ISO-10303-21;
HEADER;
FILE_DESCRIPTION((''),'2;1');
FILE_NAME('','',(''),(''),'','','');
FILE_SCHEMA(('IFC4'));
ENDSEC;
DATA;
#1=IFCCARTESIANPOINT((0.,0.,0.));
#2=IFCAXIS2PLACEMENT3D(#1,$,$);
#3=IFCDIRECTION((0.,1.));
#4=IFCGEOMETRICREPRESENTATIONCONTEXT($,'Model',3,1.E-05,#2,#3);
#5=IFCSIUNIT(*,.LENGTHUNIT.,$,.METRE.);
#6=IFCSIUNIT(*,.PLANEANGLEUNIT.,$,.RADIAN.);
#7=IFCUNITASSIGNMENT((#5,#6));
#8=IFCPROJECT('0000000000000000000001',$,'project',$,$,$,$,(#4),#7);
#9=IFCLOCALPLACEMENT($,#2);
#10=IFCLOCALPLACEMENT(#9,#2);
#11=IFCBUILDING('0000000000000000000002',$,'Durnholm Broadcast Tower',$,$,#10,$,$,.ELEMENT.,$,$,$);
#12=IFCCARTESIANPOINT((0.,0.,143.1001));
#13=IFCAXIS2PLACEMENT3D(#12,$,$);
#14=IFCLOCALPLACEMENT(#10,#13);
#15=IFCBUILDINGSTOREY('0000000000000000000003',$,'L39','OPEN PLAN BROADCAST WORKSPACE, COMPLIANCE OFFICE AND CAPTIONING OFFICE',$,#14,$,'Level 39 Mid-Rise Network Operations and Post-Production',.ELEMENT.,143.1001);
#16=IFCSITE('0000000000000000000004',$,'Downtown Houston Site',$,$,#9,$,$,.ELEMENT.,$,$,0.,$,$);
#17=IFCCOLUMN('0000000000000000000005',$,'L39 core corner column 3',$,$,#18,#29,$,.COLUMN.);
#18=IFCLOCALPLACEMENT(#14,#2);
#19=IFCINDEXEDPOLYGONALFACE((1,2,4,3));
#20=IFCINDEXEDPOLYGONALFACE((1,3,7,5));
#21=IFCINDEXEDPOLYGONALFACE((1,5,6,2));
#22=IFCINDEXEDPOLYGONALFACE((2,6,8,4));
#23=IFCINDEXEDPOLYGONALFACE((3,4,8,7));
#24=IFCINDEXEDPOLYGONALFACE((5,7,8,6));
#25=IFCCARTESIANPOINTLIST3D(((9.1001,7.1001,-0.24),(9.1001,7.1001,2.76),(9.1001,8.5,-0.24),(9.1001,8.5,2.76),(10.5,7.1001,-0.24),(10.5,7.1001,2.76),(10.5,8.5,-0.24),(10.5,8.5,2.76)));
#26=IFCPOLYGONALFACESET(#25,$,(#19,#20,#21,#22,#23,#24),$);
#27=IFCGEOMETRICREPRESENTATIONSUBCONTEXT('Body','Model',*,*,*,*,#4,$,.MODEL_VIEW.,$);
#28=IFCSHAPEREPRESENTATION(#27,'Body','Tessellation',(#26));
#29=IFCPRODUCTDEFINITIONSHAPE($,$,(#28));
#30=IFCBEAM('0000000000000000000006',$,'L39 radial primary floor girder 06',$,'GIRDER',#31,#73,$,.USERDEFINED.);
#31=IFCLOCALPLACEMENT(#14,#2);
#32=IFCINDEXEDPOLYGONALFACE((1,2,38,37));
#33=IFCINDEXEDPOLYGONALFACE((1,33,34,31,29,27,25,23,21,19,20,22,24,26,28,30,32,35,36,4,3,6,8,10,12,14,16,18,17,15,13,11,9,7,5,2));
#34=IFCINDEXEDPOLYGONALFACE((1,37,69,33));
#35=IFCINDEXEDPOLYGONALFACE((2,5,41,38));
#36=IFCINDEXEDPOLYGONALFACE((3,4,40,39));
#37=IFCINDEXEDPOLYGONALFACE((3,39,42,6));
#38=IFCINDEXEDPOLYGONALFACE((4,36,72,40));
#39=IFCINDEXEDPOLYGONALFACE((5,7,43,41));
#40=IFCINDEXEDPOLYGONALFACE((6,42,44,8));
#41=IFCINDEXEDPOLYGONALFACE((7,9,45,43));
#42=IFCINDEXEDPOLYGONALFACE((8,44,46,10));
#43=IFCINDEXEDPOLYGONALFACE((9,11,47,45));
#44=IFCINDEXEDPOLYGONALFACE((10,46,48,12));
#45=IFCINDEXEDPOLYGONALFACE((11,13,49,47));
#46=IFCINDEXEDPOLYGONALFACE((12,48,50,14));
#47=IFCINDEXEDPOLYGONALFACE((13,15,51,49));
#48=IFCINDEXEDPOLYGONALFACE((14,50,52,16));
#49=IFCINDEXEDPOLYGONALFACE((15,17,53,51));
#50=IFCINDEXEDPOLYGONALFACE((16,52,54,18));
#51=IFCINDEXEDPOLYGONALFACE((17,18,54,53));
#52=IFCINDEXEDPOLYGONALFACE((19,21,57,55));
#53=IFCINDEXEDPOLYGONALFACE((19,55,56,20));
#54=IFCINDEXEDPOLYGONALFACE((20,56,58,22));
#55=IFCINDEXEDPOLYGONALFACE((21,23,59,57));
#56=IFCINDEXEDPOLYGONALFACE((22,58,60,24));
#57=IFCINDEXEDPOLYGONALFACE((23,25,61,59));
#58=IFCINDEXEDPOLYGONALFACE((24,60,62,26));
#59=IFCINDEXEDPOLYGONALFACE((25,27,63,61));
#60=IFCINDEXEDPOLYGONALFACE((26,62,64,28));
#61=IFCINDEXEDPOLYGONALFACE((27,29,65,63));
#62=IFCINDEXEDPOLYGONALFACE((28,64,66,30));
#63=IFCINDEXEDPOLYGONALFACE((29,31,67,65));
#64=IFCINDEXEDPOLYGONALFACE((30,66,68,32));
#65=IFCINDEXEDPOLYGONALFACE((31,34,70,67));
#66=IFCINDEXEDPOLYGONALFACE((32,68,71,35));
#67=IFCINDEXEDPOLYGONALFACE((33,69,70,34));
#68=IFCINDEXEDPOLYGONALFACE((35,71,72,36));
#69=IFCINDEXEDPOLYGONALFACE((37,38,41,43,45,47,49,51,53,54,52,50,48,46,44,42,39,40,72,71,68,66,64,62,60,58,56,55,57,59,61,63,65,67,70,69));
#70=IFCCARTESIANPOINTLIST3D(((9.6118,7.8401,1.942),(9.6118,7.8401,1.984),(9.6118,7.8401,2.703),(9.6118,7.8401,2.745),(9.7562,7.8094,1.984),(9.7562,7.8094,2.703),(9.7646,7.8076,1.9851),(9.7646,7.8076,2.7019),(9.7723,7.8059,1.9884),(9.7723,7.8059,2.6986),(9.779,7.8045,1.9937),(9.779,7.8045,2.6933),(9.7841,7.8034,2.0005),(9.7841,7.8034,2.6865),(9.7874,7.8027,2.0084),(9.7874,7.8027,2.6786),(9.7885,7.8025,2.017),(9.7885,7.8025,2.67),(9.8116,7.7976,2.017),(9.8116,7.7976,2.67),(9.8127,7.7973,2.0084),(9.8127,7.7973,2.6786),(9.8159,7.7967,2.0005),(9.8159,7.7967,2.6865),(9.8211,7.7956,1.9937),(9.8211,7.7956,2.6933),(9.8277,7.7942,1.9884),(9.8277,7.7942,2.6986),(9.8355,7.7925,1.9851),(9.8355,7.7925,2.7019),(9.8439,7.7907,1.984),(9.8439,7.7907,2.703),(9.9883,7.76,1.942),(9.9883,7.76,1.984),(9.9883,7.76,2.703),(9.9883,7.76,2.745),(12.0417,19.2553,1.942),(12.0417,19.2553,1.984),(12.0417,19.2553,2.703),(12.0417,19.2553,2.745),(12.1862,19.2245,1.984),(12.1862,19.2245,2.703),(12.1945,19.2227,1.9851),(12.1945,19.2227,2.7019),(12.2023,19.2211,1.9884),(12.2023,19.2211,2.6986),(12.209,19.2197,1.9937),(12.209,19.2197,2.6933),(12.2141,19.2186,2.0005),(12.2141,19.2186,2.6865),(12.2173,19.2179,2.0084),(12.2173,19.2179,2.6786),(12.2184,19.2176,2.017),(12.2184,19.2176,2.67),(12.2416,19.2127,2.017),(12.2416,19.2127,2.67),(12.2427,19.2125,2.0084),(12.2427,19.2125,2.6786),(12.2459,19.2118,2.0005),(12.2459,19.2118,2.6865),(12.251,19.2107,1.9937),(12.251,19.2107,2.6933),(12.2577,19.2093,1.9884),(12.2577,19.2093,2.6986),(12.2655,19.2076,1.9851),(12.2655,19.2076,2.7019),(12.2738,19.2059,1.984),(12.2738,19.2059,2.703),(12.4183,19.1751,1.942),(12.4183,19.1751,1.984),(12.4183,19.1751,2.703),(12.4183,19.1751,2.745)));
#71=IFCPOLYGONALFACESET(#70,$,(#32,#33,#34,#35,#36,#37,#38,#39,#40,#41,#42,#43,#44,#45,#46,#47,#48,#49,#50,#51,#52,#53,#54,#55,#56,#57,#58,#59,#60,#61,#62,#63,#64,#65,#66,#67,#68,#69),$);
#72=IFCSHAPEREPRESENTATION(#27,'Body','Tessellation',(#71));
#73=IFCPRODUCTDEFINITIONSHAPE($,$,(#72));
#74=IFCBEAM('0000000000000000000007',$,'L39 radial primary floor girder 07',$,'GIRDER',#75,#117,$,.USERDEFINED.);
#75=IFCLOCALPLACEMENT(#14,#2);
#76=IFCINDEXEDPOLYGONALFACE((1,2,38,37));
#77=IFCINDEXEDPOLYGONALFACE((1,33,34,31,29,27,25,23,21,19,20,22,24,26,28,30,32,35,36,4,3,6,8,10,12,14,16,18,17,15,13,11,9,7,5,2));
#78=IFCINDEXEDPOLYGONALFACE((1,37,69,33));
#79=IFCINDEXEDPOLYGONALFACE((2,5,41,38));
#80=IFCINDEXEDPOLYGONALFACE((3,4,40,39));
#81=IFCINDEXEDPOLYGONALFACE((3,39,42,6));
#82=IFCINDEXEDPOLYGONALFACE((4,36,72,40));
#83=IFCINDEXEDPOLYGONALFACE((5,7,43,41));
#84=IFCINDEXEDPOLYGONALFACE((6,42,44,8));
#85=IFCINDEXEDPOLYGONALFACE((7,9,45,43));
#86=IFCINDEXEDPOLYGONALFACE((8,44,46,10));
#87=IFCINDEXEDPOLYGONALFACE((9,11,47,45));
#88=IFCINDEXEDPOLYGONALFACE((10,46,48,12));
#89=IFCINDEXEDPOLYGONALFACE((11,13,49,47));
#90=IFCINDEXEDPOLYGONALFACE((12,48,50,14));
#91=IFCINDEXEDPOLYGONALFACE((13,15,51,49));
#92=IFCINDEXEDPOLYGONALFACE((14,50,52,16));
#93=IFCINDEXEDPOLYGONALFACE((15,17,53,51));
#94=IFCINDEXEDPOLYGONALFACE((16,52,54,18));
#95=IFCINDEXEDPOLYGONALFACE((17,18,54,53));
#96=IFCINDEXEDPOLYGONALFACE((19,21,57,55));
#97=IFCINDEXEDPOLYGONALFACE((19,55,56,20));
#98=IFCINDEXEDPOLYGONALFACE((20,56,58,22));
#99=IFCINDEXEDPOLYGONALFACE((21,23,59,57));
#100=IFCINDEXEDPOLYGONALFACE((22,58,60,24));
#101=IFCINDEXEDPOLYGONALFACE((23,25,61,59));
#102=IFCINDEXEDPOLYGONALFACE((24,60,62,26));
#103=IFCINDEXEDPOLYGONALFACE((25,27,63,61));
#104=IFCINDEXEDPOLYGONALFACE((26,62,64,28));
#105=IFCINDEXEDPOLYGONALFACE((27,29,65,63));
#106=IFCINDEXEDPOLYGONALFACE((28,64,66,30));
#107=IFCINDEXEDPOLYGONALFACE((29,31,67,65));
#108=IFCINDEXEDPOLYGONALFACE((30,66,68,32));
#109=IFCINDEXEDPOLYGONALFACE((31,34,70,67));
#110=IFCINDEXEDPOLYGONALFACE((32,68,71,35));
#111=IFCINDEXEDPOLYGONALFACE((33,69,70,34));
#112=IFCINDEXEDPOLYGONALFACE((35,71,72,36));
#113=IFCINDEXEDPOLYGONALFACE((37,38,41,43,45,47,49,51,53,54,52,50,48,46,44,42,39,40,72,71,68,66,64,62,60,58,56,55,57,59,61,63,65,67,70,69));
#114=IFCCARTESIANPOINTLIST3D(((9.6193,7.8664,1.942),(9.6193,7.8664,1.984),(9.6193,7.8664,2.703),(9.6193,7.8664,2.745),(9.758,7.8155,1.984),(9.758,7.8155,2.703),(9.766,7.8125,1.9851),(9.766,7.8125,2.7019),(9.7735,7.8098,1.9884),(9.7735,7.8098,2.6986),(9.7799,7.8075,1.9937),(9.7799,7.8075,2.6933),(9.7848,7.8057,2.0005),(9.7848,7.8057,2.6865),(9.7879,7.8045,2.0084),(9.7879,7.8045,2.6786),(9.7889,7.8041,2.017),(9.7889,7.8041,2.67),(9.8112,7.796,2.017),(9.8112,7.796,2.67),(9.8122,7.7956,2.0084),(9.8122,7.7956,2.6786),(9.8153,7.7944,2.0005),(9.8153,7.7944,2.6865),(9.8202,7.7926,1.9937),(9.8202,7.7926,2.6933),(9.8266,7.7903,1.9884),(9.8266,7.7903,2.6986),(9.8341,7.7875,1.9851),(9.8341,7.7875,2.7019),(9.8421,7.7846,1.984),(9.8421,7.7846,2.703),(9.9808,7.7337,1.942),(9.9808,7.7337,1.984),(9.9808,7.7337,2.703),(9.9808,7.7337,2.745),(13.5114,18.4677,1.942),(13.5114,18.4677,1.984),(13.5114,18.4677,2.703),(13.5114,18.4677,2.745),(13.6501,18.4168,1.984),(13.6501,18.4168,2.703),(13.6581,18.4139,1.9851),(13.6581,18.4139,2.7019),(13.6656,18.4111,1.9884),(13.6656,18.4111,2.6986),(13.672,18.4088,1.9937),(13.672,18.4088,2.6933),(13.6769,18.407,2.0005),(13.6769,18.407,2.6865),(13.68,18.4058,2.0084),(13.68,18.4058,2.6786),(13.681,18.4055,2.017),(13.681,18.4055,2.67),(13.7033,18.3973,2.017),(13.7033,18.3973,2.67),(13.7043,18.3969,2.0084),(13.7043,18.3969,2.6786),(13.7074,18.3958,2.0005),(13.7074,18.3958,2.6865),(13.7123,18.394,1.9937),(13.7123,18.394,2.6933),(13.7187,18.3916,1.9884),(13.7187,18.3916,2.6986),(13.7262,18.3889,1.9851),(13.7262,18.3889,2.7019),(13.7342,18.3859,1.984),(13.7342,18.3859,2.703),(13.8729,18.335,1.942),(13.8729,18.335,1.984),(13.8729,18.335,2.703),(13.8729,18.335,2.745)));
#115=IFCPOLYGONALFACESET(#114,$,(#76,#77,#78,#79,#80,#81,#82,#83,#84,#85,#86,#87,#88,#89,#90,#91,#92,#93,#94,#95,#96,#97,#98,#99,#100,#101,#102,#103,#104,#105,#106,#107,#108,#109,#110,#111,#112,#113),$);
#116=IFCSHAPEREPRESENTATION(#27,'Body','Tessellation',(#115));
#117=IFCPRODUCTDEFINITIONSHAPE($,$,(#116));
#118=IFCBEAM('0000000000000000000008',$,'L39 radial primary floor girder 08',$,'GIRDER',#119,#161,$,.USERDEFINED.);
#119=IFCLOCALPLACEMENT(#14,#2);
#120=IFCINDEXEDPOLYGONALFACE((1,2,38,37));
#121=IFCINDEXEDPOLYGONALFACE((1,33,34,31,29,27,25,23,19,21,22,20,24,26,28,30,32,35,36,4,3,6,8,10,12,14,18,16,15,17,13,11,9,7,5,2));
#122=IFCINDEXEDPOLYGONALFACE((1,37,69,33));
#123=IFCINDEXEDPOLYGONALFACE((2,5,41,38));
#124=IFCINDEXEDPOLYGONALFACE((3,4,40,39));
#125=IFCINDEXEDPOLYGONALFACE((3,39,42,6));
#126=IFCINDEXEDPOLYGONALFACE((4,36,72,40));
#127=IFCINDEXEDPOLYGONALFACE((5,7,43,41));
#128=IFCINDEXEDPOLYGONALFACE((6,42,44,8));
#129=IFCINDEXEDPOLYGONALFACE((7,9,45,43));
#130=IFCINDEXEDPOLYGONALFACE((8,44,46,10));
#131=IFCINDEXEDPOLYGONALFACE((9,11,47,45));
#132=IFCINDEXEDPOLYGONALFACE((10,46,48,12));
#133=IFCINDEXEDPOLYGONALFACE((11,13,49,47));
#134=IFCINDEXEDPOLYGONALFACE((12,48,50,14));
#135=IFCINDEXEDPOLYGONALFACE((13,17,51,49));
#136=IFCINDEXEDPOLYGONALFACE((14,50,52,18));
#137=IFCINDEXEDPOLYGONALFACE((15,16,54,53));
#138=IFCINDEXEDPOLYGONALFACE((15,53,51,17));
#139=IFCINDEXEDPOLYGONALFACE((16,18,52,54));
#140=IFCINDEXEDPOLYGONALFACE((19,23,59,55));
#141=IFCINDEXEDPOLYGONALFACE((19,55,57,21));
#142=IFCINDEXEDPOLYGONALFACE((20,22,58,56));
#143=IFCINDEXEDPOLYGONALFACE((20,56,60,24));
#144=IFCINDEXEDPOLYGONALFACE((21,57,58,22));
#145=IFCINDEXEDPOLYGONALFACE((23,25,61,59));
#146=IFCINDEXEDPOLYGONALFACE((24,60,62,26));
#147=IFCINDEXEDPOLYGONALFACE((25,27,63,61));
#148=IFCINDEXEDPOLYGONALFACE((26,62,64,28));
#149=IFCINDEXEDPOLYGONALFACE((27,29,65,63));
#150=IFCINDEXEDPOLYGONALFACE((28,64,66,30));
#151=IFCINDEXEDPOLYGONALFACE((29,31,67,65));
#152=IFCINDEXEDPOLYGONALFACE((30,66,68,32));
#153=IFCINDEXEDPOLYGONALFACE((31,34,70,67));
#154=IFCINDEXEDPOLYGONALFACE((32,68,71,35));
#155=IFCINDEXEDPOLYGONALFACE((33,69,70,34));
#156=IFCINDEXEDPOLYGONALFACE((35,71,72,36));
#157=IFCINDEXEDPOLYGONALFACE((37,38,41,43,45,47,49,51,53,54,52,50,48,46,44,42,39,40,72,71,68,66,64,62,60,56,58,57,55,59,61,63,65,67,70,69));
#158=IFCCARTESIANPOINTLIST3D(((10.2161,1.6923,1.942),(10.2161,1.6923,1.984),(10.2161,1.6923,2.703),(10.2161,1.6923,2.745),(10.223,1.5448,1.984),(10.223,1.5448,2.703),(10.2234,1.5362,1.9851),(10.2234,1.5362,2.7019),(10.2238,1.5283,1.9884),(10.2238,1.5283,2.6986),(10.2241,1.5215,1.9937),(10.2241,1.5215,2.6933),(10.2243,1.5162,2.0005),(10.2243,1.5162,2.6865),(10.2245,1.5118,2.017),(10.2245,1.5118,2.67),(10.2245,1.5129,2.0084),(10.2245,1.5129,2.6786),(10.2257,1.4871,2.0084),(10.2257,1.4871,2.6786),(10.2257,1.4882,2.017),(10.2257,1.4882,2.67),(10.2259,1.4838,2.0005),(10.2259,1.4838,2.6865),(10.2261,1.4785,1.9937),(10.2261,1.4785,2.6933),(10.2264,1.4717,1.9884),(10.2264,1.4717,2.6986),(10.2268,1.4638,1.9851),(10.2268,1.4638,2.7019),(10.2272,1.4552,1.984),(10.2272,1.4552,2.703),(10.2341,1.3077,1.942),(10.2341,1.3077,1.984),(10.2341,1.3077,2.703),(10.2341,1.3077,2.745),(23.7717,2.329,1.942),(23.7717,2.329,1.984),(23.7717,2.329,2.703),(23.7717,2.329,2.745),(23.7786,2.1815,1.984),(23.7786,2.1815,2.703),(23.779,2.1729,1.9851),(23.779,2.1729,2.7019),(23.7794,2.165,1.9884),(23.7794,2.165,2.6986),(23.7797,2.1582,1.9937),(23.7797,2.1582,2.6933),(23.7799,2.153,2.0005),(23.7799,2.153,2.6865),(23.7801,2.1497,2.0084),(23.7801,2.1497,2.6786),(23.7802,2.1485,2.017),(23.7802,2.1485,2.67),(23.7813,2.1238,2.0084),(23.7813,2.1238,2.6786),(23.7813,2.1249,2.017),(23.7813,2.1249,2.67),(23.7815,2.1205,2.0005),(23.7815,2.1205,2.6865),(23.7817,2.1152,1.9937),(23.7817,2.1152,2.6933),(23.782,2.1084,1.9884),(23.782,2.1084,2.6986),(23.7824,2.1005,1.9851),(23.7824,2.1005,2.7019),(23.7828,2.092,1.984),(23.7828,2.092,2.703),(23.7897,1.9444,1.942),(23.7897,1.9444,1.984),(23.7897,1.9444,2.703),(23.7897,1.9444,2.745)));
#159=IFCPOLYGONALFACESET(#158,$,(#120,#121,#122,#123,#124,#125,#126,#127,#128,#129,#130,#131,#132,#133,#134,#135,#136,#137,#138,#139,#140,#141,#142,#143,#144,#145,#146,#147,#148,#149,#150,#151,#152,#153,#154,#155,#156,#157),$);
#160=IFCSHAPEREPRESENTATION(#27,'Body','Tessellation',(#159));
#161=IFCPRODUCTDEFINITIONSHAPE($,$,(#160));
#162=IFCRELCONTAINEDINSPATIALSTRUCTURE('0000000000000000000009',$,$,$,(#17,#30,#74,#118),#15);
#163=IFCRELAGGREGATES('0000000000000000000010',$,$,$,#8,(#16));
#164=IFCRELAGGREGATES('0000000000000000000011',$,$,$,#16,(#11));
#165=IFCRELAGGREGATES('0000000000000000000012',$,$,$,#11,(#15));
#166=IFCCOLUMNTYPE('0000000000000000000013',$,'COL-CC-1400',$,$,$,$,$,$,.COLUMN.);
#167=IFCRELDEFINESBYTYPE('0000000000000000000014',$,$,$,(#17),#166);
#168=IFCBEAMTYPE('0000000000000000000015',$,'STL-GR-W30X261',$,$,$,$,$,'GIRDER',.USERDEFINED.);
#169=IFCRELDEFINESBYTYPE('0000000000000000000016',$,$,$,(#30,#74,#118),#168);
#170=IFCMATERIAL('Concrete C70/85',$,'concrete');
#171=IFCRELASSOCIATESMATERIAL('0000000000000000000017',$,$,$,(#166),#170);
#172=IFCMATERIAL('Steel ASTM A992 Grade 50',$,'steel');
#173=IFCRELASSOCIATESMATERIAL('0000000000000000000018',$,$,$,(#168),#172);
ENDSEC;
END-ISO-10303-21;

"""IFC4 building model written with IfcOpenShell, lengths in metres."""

from ifc_helpers import new_model, si_unit, direction, frame, origin, origin_2d, place, context, subcontext, project, spatial, rectangle, i_section, extrude, source, transform, mapped, material, material_profile, profile_set, type_object, type_shapes, element, save


model = new_model("IFC4")

# Units and contexts
model_context = context("Model", 3, precision=1e-05, world=origin(), true_north=direction((0.0, 1.0)))
body_context = subcontext(model_context, "Body", "Model", "MODEL_VIEW")
ifc_project = project(units=[si_unit("LENGTHUNIT", "METRE"), si_unit("PLANEANGLEUNIT", "RADIAN")], contexts=[model_context])

# Site, building, storey
site_placement = place(None, origin())
site = spatial("IfcSite", under=ifc_project, at=site_placement, Name="Downtown Houston Site", CompositionType="ELEMENT", RefElevation=0.0)
building_placement = place(site_placement, origin())
building = spatial("IfcBuilding", under=site, at=building_placement, Name="Durnholm Broadcast Tower", CompositionType="ELEMENT")
storey_placement = place(building_placement, frame((0.0, 0.0, 143.1001)))
storey = spatial("IfcBuildingStorey", under=building, at=storey_placement, Name="L39", Description="OPEN PLAN BROADCAST WORKSPACE, COMPLIANCE OFFICE AND CAPTIONING OFFICE", LongName="Level 39 Mid-Rise Network Operations and Post-Production", CompositionType="ELEMENT", Elevation=143.1001)

# Column
ifc_material_1 = material(Name="Concrete C70/85", Category="concrete")
ifc_material_profile_1 = material_profile(ifc_material_1, rectangle(XDim=1.3999, YDim=1.3999, at=origin_2d()), Name="RC1400X1400")
ifc_profile_set_1 = profile_set([ifc_material_profile_1], Name="Concrete C70/85")
column_type = type_object("IfcColumnType", Name="COL-CC-1400", PredefinedType="COLUMN", material=ifc_profile_set_1)
shared_shape_1 = source(origin(), body_context, "Body", "SweptSolid", [
    extrude(rectangle(XDim=1.3999, YDim=1.3999, at=origin_2d()), origin(), (0.0, 0.0, 1.0), 3.0),
])
type_shapes(column_type, [shared_shape_1])
column_placement = place(storey_placement, frame((9.8, 7.8, -0.24), z_axis=(0.0, 0.0, 1.0), x_axis=(1.0, 0.0, 0.0)))
element("IfcColumn", 1, at=column_placement, inside=storey, type_object=column_type, Name="L39 core corner column 3", PredefinedType="COLUMN", context=body_context, shape_type="MappedRepresentation", body=[
    mapped(shared_shape_1, transform((0.0, 0.0, 0.0), x_axis=(1.0, 0.0, 0.0), y_axis=(0.0, 1.0, 0.0), z_axis=(0.0, 0.0, 1.0), scale=1.0)),
])

# Beams
ifc_material_2 = material(Name="Steel ASTM A992 Grade 50", Category="steel")
ifc_material_profile_2 = material_profile(ifc_material_2, i_section(OverallWidth=0.385, OverallDepth=0.803, WebThickness=0.0237, FlangeThickness=0.042, FilletRadius=0.033, at=origin_2d()), Name="W30X261")
ifc_profile_set_2 = profile_set([ifc_material_profile_2], Name="Steel ASTM A992 Grade 50")
beam_type_1 = type_object("IfcBeamType", Name="STL-GR-W30X261", ElementType="GIRDER", PredefinedType="USERDEFINED", material=ifc_profile_set_2)
shared_shape_2 = source(origin(), body_context, "Body", "SweptSolid", [
    extrude(i_section(OverallWidth=0.385, OverallDepth=0.803, WebThickness=0.0237, FlangeThickness=0.042, FilletRadius=0.033, at=origin_2d()), origin(), (0.0, 0.0, 1.0), 11.6709),
])
beam_1_placement = place(storey_placement, frame((9.8, 7.8, 2.3435), z_axis=(0.208206, 0.978085, 0.0), x_axis=(-0.978085, 0.208206, 0.0)))
element("IfcBeam", 2, at=beam_1_placement, inside=storey, type_object=beam_type_1, Name="L39 radial primary floor girder 06", ObjectType="GIRDER", PredefinedType="USERDEFINED", context=body_context, shape_type="MappedRepresentation", body=[
    mapped(shared_shape_2, transform((0.0, 0.0, 0.0), x_axis=(1.0, 0.0, 0.0), y_axis=(0.0, 1.0, 0.0), z_axis=(0.0, 0.0, 1.0), scale=1.0)),
])
shared_shape_3 = source(origin(), body_context, "Body", "SweptSolid", [
    extrude(i_section(OverallWidth=0.385, OverallDepth=0.803, WebThickness=0.0237, FlangeThickness=0.042, FilletRadius=0.033, at=origin_2d()), origin(), (0.0, 0.0, 1.0), 11.2932),
])
beam_2_placement = place(storey_placement, frame((9.8, 7.8, 2.3435), z_axis=(0.34464, 0.938735, 0.0), x_axis=(-0.938735, 0.34464, 0.0)))
element("IfcBeam", 3, at=beam_2_placement, inside=storey, type_object=beam_type_1, Name="L39 radial primary floor girder 07", ObjectType="GIRDER", PredefinedType="USERDEFINED", context=body_context, shape_type="MappedRepresentation", body=[
    mapped(shared_shape_3, transform((0.0, 0.0, 0.0), x_axis=(1.0, 0.0, 0.0), y_axis=(0.0, 1.0, 0.0), z_axis=(0.0, 0.0, 1.0), scale=1.0)),
])
shared_shape_4 = source(origin(), body_context, "Body", "SweptSolid", [
    extrude(i_section(OverallWidth=0.385, OverallDepth=0.803, WebThickness=0.0237, FlangeThickness=0.042, FilletRadius=0.033, at=origin_2d()), origin(), (0.0, 0.0, 1.0), 13.5706),
])
beam_3_placement = place(storey_placement, frame((10.2251, 1.5, 2.3435), z_axis=(0.998899, 0.046919, 0.0), x_axis=(-0.046919, 0.998899, 0.0)))
element("IfcBeam", 4, at=beam_3_placement, inside=storey, type_object=beam_type_1, Name="L39 radial primary floor girder 08", ObjectType="GIRDER", PredefinedType="USERDEFINED", context=body_context, shape_type="MappedRepresentation", body=[
    mapped(shared_shape_4, transform((0.0, 0.0, 0.0), x_axis=(1.0, 0.0, 0.0), y_axis=(0.0, 1.0, 0.0), z_axis=(0.0, 0.0, 1.0), scale=1.0)),
])

save(model, "model.ifc")
